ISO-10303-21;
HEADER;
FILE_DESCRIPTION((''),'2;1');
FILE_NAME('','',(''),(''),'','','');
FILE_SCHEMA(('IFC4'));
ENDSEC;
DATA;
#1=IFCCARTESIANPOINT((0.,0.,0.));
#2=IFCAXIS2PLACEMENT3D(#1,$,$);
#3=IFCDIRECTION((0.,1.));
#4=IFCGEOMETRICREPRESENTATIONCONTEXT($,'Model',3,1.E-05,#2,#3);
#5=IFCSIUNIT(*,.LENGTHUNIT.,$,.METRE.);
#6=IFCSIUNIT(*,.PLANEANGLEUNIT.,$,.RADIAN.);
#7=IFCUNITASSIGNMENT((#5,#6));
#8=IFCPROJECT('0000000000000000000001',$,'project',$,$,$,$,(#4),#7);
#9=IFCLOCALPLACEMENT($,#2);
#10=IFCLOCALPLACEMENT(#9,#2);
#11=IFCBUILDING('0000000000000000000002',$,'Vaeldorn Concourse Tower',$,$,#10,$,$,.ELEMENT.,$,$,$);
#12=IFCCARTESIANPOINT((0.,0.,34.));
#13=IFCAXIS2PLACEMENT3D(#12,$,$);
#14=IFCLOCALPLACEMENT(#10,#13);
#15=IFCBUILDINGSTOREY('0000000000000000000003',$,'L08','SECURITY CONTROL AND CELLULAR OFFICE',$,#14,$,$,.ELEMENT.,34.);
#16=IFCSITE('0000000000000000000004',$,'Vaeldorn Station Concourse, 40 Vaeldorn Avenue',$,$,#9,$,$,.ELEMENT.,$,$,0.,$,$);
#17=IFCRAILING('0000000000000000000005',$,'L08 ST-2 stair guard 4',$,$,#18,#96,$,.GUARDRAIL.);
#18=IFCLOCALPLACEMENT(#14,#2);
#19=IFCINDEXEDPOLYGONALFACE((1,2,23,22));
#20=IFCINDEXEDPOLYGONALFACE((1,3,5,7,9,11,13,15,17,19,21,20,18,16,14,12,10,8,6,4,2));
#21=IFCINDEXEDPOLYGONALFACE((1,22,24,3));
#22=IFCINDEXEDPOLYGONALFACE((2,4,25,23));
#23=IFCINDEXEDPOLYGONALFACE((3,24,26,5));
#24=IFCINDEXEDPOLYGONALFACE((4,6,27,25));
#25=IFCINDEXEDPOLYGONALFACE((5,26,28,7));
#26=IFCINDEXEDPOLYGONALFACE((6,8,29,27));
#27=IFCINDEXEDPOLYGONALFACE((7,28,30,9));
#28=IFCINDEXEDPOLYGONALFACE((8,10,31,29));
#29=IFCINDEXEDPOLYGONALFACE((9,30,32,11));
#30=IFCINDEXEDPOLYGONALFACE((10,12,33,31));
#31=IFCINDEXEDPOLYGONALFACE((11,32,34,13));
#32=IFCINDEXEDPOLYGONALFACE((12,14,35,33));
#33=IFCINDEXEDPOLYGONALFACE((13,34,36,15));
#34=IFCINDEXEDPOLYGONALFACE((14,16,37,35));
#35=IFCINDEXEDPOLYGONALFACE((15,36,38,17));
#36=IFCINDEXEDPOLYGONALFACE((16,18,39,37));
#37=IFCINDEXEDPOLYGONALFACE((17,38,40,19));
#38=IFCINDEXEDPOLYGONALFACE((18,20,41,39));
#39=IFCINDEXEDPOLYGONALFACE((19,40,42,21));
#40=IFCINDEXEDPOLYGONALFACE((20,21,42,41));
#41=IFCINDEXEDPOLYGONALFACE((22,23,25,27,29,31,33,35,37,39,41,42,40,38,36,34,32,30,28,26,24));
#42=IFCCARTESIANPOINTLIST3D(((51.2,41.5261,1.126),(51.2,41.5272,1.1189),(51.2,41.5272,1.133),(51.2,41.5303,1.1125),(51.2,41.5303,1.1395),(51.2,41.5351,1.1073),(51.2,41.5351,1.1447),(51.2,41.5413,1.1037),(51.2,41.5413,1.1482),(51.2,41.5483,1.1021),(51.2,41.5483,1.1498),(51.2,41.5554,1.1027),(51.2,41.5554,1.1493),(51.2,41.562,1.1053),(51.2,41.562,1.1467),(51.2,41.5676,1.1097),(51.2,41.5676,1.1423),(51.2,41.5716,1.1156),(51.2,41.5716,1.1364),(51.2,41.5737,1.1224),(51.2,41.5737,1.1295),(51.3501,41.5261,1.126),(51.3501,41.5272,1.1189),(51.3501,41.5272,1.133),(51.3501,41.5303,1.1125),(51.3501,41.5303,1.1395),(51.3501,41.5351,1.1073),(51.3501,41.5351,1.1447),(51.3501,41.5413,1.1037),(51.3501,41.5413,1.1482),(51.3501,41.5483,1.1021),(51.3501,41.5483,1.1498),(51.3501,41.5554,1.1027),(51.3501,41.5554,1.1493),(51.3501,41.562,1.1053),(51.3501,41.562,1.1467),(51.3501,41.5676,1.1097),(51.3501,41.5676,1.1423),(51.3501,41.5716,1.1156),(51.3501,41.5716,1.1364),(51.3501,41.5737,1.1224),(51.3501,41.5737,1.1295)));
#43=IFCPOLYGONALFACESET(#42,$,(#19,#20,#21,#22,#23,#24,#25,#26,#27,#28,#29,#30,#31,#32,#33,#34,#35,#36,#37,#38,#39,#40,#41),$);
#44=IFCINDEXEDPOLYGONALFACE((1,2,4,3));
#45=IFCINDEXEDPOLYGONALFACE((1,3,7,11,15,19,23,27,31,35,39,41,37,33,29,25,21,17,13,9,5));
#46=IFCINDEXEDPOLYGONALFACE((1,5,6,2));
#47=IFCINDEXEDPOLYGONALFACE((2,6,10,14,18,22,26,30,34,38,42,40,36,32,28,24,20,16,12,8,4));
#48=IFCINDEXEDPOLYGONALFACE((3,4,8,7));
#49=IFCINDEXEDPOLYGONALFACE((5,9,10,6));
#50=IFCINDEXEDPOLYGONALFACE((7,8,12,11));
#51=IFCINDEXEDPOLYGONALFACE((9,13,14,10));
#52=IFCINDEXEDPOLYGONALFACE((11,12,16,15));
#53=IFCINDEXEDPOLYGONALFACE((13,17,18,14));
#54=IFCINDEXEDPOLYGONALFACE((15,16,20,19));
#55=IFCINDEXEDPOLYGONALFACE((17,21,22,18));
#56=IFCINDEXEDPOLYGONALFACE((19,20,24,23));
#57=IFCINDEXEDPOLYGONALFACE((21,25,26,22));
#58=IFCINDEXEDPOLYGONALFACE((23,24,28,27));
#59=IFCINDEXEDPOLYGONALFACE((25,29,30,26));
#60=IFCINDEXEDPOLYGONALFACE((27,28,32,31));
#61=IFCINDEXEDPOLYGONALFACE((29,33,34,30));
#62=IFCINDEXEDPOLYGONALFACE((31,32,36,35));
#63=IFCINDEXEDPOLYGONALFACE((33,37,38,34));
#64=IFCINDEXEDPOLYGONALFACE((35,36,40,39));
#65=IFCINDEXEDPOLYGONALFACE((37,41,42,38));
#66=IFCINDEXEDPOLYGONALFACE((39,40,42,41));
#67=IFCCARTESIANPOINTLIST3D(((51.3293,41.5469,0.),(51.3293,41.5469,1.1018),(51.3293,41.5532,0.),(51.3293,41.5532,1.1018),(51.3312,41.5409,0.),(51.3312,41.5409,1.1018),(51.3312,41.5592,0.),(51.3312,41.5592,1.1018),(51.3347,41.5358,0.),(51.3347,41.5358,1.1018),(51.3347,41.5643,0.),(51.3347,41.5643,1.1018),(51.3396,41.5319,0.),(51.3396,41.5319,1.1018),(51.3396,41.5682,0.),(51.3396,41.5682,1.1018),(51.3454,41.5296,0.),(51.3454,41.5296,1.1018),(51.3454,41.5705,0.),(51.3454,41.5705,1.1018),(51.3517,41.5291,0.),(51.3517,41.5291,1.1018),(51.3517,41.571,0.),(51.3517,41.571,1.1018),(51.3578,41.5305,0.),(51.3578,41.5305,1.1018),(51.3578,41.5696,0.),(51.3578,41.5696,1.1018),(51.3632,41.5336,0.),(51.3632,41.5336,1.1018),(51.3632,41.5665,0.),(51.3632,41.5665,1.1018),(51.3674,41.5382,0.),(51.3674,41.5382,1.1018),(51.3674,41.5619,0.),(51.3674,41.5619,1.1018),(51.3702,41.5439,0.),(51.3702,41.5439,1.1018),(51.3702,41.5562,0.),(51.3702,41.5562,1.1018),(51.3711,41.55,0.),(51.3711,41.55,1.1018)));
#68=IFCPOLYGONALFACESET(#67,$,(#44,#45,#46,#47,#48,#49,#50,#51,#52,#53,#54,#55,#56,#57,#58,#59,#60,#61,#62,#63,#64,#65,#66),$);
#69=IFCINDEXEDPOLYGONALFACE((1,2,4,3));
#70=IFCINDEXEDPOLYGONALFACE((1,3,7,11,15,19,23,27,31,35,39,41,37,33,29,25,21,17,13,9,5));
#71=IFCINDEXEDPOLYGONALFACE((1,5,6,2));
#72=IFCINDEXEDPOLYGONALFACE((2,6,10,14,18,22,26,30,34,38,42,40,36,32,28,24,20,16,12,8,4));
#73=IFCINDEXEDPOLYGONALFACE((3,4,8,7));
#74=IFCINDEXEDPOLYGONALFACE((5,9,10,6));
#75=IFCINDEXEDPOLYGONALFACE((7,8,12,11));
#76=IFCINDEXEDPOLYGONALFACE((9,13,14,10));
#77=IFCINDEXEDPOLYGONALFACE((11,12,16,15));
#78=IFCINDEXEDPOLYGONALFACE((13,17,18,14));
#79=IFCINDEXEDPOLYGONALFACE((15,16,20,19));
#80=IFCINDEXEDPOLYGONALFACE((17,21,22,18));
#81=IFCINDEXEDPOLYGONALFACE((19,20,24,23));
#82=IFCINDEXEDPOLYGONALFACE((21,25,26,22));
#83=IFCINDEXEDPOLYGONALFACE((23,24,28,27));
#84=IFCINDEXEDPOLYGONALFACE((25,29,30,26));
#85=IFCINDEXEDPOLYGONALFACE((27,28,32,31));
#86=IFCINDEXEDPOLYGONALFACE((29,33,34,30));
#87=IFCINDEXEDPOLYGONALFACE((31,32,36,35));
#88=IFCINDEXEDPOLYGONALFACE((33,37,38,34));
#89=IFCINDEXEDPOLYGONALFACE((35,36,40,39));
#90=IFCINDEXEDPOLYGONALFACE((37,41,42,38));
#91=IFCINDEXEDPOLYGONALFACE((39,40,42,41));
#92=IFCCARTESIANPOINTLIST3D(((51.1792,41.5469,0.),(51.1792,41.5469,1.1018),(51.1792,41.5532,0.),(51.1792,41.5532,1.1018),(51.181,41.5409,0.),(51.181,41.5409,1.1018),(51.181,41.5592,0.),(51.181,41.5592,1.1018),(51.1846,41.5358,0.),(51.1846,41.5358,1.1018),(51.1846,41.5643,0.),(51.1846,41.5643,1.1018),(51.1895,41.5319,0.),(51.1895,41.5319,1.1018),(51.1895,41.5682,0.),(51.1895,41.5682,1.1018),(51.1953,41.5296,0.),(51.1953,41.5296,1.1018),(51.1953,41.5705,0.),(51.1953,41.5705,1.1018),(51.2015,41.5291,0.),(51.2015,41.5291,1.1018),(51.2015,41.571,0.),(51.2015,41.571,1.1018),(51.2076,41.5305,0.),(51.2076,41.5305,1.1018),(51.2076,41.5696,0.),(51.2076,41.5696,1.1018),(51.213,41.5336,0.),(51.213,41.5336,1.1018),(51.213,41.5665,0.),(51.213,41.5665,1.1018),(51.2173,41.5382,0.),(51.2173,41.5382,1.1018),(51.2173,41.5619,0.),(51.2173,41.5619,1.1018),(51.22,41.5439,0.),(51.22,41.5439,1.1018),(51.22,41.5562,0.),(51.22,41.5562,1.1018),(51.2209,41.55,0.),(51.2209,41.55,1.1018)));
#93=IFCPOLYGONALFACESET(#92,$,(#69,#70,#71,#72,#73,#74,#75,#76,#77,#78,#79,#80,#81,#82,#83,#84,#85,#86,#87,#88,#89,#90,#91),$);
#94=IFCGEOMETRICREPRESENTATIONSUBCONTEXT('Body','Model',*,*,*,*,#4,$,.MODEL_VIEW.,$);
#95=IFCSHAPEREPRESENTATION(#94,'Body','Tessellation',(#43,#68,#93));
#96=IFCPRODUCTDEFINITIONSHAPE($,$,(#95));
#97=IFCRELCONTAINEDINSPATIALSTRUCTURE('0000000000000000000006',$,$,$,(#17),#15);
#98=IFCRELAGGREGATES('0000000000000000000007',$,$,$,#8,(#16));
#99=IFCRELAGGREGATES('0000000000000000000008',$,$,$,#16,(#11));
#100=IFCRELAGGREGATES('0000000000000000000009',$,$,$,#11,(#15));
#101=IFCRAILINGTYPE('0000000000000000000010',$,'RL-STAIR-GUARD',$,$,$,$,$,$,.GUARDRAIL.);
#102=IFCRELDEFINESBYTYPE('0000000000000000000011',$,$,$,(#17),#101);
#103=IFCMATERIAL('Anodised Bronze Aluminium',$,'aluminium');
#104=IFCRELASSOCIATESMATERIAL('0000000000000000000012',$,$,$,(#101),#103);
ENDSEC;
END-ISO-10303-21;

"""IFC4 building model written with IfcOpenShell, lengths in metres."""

from ifc_helpers import new_model, si_unit, direction, frame, origin, origin_2d, place, context, subcontext, project, spatial, circle, extrude, material, type_object, element, save


model = new_model("IFC4")

# Units and contexts
model_context = context("Model", 3, precision=1e-05, world=origin(), true_north=direction((0.0, 1.0)))
body_context = subcontext(model_context, "Body", "Model", "MODEL_VIEW")
ifc_project = project(units=[si_unit("LENGTHUNIT", "METRE"), si_unit("PLANEANGLEUNIT", "RADIAN")], contexts=[model_context])

# Site, building, storey
site_placement = place(None, origin())
site = spatial("IfcSite", under=ifc_project, at=site_placement, Name="Vaeldorn Station Concourse, 40 Vaeldorn Avenue", CompositionType="ELEMENT", RefElevation=0.0)
building_placement = place(site_placement, origin())
building = spatial("IfcBuilding", under=site, at=building_placement, Name="Vaeldorn Concourse Tower", CompositionType="ELEMENT")
storey_placement = place(building_placement, frame((0.0, 0.0, 34.0)))
storey = spatial("IfcBuildingStorey", under=building, at=storey_placement, Name="L08", Description="SECURITY CONTROL AND CELLULAR OFFICE", CompositionType="ELEMENT", Elevation=34.0)

# Shared definitions
ifc_material_1 = material(Name="Anodised Bronze Aluminium", Category="aluminium")

# Railing
railing_type_1 = type_object("IfcRailingType", Name="RL-STAIR-GUARD", PredefinedType="GUARDRAIL", material=ifc_material_1)
railing_1_placement = place(storey_placement, frame((51.3501, 41.55, 0.0)))
element("IfcRailing", 1, at=railing_1_placement, inside=storey, type_object=railing_type_1, Name="L08 ST-2 stair guard 4", PredefinedType="GUARDRAIL", context=body_context, shape_type="SweptSolid", body=[
    extrude(circle(Radius=0.0239, at=origin_2d()), frame((0.0, 0.0, 1.126), z_axis=(-1.0, 0.0, 0.0), x_axis=(0.0, -1.0, 0.0)), (0.0, 0.0, 1.0), 0.1501),
    extrude(circle(Radius=0.021, at=origin_2d()), origin(), (0.0, 0.0, 1.0), 1.1018),
    extrude(circle(Radius=0.021, at=origin_2d()), frame((-0.1501, 0.0, 0.0)), (0.0, 0.0, 1.0), 1.1018),
])

save(model, "model.ifc")
